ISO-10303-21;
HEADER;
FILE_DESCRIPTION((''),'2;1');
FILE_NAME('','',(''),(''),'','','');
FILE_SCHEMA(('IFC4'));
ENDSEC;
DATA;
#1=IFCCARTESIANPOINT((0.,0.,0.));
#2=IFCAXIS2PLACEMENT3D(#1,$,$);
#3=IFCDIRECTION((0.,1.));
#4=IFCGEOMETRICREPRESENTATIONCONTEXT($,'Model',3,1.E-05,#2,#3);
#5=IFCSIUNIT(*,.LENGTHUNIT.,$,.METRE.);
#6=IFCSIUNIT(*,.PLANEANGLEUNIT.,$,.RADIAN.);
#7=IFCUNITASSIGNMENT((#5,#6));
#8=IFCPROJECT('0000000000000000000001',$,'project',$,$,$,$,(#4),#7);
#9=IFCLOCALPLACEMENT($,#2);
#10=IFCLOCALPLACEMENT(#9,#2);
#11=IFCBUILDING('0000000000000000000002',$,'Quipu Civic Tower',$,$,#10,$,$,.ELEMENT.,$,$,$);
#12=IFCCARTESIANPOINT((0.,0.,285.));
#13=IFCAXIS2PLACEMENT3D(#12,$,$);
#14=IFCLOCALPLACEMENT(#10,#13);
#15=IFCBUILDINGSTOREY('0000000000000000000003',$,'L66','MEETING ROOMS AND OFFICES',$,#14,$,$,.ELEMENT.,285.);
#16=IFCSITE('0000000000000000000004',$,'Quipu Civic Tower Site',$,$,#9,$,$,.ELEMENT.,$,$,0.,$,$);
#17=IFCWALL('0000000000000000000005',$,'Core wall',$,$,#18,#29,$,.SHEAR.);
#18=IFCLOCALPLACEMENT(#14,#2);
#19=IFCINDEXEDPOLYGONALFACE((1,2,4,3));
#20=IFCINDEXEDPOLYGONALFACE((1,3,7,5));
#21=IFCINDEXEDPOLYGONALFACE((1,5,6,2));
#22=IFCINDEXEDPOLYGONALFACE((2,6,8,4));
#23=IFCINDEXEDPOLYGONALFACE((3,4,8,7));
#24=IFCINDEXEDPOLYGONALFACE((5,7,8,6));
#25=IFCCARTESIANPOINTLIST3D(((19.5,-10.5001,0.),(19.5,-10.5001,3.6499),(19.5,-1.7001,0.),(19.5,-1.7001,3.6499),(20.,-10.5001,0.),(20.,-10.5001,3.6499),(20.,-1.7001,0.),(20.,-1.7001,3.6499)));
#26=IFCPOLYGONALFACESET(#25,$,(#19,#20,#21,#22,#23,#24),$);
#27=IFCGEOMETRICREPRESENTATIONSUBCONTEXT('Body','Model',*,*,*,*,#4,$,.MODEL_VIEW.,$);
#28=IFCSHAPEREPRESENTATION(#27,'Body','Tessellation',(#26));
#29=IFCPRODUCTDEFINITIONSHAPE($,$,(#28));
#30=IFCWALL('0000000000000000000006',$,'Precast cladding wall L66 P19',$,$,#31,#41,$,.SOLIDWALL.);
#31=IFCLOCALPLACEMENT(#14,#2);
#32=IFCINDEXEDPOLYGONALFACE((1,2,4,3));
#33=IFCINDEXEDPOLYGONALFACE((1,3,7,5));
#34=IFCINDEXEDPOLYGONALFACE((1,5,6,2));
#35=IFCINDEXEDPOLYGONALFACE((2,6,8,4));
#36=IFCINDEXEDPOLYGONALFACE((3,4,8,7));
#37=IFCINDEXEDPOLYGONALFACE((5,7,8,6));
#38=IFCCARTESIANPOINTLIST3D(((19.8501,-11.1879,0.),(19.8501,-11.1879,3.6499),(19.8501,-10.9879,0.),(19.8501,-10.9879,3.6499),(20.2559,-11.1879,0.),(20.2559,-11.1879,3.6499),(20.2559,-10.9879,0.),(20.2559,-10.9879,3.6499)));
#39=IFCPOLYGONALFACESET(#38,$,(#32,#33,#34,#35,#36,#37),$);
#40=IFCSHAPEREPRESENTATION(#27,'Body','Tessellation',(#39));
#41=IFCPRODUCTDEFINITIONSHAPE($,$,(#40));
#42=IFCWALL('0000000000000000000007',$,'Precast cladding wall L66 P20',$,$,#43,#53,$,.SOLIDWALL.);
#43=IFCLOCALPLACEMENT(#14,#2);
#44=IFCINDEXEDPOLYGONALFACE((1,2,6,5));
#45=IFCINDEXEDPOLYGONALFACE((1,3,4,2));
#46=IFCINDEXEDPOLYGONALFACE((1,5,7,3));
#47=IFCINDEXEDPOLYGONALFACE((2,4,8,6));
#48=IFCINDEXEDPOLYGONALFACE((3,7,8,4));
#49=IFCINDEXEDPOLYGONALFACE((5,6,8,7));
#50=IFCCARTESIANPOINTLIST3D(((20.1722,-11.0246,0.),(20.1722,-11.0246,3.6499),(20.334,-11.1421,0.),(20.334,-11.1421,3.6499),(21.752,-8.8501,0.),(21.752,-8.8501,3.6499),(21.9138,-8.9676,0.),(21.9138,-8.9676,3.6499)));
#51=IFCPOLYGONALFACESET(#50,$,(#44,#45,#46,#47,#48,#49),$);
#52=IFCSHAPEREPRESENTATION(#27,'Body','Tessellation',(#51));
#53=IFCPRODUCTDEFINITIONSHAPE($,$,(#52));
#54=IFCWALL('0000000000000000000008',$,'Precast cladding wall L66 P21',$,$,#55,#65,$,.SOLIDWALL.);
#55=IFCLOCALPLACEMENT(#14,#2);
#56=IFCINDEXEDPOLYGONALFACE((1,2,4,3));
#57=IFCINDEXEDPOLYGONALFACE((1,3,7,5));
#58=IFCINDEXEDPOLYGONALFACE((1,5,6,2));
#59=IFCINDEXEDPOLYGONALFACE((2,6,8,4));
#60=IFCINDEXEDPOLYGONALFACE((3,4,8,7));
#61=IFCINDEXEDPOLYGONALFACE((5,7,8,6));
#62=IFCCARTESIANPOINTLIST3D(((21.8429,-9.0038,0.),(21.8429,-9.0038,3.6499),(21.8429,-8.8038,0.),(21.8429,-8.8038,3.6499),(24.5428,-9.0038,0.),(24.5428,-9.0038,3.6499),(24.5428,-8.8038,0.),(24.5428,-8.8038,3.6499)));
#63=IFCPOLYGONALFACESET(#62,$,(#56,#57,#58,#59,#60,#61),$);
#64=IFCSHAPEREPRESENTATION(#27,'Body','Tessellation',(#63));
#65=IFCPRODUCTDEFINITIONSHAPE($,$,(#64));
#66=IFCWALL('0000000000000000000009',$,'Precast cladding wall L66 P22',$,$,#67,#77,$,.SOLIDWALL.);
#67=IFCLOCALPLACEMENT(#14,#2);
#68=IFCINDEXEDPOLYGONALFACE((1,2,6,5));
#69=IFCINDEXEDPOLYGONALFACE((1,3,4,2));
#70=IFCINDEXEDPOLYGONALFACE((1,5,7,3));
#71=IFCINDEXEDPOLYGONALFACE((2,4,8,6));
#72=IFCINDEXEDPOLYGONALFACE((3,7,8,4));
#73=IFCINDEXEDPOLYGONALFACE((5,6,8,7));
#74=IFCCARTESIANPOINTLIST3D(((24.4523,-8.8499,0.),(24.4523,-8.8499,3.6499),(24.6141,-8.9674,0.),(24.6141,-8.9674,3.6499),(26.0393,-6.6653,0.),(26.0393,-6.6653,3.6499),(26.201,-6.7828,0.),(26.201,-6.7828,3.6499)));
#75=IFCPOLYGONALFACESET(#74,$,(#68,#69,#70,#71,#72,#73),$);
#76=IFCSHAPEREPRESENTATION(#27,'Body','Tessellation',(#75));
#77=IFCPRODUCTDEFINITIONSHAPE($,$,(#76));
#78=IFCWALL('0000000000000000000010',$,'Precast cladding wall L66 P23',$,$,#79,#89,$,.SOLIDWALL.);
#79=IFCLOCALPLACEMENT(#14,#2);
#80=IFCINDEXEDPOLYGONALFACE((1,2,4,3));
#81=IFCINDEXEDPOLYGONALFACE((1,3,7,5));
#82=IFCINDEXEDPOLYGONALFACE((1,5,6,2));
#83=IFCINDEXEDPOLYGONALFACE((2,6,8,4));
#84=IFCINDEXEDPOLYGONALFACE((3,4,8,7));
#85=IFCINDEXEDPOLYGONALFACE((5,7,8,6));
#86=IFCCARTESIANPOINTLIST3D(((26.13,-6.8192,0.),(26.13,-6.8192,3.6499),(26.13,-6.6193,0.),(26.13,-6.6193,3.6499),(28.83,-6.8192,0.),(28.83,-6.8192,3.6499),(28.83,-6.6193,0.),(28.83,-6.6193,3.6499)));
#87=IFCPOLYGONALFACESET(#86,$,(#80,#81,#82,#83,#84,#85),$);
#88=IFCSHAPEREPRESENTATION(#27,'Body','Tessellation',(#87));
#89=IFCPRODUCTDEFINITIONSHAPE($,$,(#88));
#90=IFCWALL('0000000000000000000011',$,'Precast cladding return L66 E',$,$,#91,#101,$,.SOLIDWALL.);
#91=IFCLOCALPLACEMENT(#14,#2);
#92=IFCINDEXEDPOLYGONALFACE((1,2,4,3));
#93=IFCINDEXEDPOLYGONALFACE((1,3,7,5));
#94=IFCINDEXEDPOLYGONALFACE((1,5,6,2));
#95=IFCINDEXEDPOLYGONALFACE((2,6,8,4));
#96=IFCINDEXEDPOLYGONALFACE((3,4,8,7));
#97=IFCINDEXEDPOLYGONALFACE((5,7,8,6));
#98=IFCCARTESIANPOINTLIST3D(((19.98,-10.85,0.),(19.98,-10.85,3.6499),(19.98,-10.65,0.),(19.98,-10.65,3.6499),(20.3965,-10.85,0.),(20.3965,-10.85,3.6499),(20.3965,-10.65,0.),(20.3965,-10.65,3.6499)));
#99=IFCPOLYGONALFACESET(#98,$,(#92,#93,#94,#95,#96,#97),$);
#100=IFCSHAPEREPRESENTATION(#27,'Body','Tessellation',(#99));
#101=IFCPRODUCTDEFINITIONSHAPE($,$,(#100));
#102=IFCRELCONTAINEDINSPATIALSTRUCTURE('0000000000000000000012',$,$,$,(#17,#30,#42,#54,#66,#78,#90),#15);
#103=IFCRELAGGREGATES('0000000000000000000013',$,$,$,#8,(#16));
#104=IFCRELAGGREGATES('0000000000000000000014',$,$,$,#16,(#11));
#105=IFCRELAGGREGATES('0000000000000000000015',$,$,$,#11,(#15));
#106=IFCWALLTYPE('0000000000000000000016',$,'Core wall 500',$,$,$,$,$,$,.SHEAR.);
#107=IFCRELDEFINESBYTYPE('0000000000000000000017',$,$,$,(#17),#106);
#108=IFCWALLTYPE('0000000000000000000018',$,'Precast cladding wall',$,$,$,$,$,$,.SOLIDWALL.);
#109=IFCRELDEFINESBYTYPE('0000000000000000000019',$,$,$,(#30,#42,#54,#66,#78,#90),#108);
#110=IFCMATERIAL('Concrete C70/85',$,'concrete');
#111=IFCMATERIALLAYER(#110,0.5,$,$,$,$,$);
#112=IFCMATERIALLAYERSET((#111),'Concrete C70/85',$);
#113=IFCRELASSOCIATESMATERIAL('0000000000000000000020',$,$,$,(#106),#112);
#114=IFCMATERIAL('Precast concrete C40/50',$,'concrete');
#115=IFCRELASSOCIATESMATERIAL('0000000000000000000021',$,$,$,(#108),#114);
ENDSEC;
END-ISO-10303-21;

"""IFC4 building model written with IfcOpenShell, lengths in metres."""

from ifc_helpers import new_model, si_unit, direction, frame, frame_2d, origin, place, context, subcontext, project, spatial, rectangle, extrude, material, layer, layer_set, type_object, element, save


model = new_model("IFC4")

# Units and contexts
model_context = context("Model", 3, precision=1e-05, world=origin(), true_north=direction((0.0, 1.0)))
body_context = subcontext(model_context, "Body", "Model", "MODEL_VIEW")
ifc_project = project(units=[si_unit("LENGTHUNIT", "METRE"), si_unit("PLANEANGLEUNIT", "RADIAN")], contexts=[model_context])

# Site, building, storey
site_placement = place(None, origin())
site = spatial("IfcSite", under=ifc_project, at=site_placement, Name="Quipu Civic Tower Site", CompositionType="ELEMENT", RefElevation=0.0)
building_placement = place(site_placement, origin())
building = spatial("IfcBuilding", under=site, at=building_placement, Name="Quipu Civic Tower", CompositionType="ELEMENT")
storey_placement = place(building_placement, frame((0.0, 0.0, 285.0)))
storey = spatial("IfcBuildingStorey", under=building, at=storey_placement, Name="L66", Description="MEETING ROOMS AND OFFICES", CompositionType="ELEMENT", Elevation=285.0)

# Walls
ifc_material_1 = material(Name="Concrete C70/85", Category="concrete")
ifc_layer_1 = layer(ifc_material_1, 0.5)
ifc_layer_set_1 = layer_set([ifc_layer_1], Name="Concrete C70/85")
wall_type_1 = type_object("IfcWallType", Name="Core wall 500", PredefinedType="SHEAR", material=ifc_layer_set_1)
wall_1_placement = place(storey_placement, frame((19.75, -10.5, 0.0), z_axis=(0.0, 0.0, 1.0), x_axis=(0.0, 1.0, 0.0)))
element("IfcWall", 1, at=wall_1_placement, inside=storey, type_object=wall_type_1, Name="Core wall", PredefinedType="SHEAR", context=body_context, shape_type="SweptSolid", body=[
    extrude(rectangle(XDim=8.8, YDim=0.5, at=frame_2d((4.3999, 0.0))), origin(), (0.0, 0.0, 1.0), 3.6499),
])
ifc_material_2 = material(Name="Precast concrete C40/50", Category="concrete")
wall_type_2 = type_object("IfcWallType", Name="Precast cladding wall", PredefinedType="SOLIDWALL", material=ifc_material_2)
wall_2_placement = place(storey_placement, frame((19.8501, -11.0879, 0.0), z_axis=(0.0, 0.0, 1.0), x_axis=(1.0, 0.0, 0.0)))
element("IfcWall", 2, at=wall_2_placement, inside=storey, type_object=wall_type_2, Name="Precast cladding wall L66 P19", PredefinedType="SOLIDWALL", context=body_context, shape_type="SweptSolid", body=[
    extrude(rectangle(XDim=0.4058, YDim=0.2, at=frame_2d((0.2029, 0.0))), origin(), (0.0, 0.0, 1.0), 3.6499),
])
wall_3_placement = place(storey_placement, frame((20.2532, -11.0833, 0.0), z_axis=(0.0, 0.0, 1.0), x_axis=(0.587767, 0.809031, 0.0)))
element("IfcWall", 3, at=wall_3_placement, inside=storey, type_object=wall_type_2, Name="Precast cladding wall L66 P20", PredefinedType="SOLIDWALL", context=body_context, shape_type="SweptSolid", body=[
    extrude(rectangle(XDim=2.6877, YDim=0.2, at=frame_2d((1.3438, 0.0))), origin(), (0.0, 0.0, 1.0), 3.6499),
])
wall_4_placement = place(storey_placement, frame((21.8428, -8.9038, 0.0), z_axis=(0.0, 0.0, 1.0), x_axis=(1.0, 0.0, 0.0)))
element("IfcWall", 4, at=wall_4_placement, inside=storey, type_object=wall_type_2, Name="Precast cladding wall L66 P21", PredefinedType="SOLIDWALL", context=body_context, shape_type="SweptSolid", body=[
    extrude(rectangle(XDim=2.7, YDim=0.2, at=frame_2d((1.3501, 0.0))), origin(), (0.0, 0.0, 1.0), 3.6499),
])
wall_5_placement = place(storey_placement, frame((24.5332, -8.9087, 0.0), z_axis=(0.0, 0.0, 1.0), x_axis=(0.58772, 0.809064, 0.0)))
element("IfcWall", 5, at=wall_5_placement, inside=storey, type_object=wall_type_2, Name="Precast cladding wall L66 P22", PredefinedType="SOLIDWALL", context=body_context, shape_type="SweptSolid", body=[
    extrude(rectangle(XDim=2.7002, YDim=0.2, at=frame_2d((1.3501, 0.0))), origin(), (0.0, 0.0, 1.0), 3.6499),
])
wall_6_placement = place(storey_placement, frame((26.1299, -6.7192, 0.0), z_axis=(0.0, 0.0, 1.0), x_axis=(1.0, 0.0, 0.0)))
element("IfcWall", 6, at=wall_6_placement, inside=storey, type_object=wall_type_2, Name="Precast cladding wall L66 P23", PredefinedType="SOLIDWALL", context=body_context, shape_type="SweptSolid", body=[
    extrude(rectangle(XDim=2.7, YDim=0.2, at=frame_2d((1.3501, 0.0))), origin(), (0.0, 0.0, 1.0), 3.6499),
])
wall_7_placement = place(storey_placement, frame((19.98, -10.75, 0.0), z_axis=(0.0, 0.0, 1.0), x_axis=(1.0, 0.0, 0.0)))
element("IfcWall", 7, at=wall_7_placement, inside=storey, type_object=wall_type_2, Name="Precast cladding return L66 E", PredefinedType="SOLIDWALL", context=body_context, shape_type="SweptSolid", body=[
    extrude(rectangle(XDim=0.4165, YDim=0.2, at=frame_2d((0.2083, 0.0))), origin(), (0.0, 0.0, 1.0), 3.6499),
])

save(model, "model.ifc")
